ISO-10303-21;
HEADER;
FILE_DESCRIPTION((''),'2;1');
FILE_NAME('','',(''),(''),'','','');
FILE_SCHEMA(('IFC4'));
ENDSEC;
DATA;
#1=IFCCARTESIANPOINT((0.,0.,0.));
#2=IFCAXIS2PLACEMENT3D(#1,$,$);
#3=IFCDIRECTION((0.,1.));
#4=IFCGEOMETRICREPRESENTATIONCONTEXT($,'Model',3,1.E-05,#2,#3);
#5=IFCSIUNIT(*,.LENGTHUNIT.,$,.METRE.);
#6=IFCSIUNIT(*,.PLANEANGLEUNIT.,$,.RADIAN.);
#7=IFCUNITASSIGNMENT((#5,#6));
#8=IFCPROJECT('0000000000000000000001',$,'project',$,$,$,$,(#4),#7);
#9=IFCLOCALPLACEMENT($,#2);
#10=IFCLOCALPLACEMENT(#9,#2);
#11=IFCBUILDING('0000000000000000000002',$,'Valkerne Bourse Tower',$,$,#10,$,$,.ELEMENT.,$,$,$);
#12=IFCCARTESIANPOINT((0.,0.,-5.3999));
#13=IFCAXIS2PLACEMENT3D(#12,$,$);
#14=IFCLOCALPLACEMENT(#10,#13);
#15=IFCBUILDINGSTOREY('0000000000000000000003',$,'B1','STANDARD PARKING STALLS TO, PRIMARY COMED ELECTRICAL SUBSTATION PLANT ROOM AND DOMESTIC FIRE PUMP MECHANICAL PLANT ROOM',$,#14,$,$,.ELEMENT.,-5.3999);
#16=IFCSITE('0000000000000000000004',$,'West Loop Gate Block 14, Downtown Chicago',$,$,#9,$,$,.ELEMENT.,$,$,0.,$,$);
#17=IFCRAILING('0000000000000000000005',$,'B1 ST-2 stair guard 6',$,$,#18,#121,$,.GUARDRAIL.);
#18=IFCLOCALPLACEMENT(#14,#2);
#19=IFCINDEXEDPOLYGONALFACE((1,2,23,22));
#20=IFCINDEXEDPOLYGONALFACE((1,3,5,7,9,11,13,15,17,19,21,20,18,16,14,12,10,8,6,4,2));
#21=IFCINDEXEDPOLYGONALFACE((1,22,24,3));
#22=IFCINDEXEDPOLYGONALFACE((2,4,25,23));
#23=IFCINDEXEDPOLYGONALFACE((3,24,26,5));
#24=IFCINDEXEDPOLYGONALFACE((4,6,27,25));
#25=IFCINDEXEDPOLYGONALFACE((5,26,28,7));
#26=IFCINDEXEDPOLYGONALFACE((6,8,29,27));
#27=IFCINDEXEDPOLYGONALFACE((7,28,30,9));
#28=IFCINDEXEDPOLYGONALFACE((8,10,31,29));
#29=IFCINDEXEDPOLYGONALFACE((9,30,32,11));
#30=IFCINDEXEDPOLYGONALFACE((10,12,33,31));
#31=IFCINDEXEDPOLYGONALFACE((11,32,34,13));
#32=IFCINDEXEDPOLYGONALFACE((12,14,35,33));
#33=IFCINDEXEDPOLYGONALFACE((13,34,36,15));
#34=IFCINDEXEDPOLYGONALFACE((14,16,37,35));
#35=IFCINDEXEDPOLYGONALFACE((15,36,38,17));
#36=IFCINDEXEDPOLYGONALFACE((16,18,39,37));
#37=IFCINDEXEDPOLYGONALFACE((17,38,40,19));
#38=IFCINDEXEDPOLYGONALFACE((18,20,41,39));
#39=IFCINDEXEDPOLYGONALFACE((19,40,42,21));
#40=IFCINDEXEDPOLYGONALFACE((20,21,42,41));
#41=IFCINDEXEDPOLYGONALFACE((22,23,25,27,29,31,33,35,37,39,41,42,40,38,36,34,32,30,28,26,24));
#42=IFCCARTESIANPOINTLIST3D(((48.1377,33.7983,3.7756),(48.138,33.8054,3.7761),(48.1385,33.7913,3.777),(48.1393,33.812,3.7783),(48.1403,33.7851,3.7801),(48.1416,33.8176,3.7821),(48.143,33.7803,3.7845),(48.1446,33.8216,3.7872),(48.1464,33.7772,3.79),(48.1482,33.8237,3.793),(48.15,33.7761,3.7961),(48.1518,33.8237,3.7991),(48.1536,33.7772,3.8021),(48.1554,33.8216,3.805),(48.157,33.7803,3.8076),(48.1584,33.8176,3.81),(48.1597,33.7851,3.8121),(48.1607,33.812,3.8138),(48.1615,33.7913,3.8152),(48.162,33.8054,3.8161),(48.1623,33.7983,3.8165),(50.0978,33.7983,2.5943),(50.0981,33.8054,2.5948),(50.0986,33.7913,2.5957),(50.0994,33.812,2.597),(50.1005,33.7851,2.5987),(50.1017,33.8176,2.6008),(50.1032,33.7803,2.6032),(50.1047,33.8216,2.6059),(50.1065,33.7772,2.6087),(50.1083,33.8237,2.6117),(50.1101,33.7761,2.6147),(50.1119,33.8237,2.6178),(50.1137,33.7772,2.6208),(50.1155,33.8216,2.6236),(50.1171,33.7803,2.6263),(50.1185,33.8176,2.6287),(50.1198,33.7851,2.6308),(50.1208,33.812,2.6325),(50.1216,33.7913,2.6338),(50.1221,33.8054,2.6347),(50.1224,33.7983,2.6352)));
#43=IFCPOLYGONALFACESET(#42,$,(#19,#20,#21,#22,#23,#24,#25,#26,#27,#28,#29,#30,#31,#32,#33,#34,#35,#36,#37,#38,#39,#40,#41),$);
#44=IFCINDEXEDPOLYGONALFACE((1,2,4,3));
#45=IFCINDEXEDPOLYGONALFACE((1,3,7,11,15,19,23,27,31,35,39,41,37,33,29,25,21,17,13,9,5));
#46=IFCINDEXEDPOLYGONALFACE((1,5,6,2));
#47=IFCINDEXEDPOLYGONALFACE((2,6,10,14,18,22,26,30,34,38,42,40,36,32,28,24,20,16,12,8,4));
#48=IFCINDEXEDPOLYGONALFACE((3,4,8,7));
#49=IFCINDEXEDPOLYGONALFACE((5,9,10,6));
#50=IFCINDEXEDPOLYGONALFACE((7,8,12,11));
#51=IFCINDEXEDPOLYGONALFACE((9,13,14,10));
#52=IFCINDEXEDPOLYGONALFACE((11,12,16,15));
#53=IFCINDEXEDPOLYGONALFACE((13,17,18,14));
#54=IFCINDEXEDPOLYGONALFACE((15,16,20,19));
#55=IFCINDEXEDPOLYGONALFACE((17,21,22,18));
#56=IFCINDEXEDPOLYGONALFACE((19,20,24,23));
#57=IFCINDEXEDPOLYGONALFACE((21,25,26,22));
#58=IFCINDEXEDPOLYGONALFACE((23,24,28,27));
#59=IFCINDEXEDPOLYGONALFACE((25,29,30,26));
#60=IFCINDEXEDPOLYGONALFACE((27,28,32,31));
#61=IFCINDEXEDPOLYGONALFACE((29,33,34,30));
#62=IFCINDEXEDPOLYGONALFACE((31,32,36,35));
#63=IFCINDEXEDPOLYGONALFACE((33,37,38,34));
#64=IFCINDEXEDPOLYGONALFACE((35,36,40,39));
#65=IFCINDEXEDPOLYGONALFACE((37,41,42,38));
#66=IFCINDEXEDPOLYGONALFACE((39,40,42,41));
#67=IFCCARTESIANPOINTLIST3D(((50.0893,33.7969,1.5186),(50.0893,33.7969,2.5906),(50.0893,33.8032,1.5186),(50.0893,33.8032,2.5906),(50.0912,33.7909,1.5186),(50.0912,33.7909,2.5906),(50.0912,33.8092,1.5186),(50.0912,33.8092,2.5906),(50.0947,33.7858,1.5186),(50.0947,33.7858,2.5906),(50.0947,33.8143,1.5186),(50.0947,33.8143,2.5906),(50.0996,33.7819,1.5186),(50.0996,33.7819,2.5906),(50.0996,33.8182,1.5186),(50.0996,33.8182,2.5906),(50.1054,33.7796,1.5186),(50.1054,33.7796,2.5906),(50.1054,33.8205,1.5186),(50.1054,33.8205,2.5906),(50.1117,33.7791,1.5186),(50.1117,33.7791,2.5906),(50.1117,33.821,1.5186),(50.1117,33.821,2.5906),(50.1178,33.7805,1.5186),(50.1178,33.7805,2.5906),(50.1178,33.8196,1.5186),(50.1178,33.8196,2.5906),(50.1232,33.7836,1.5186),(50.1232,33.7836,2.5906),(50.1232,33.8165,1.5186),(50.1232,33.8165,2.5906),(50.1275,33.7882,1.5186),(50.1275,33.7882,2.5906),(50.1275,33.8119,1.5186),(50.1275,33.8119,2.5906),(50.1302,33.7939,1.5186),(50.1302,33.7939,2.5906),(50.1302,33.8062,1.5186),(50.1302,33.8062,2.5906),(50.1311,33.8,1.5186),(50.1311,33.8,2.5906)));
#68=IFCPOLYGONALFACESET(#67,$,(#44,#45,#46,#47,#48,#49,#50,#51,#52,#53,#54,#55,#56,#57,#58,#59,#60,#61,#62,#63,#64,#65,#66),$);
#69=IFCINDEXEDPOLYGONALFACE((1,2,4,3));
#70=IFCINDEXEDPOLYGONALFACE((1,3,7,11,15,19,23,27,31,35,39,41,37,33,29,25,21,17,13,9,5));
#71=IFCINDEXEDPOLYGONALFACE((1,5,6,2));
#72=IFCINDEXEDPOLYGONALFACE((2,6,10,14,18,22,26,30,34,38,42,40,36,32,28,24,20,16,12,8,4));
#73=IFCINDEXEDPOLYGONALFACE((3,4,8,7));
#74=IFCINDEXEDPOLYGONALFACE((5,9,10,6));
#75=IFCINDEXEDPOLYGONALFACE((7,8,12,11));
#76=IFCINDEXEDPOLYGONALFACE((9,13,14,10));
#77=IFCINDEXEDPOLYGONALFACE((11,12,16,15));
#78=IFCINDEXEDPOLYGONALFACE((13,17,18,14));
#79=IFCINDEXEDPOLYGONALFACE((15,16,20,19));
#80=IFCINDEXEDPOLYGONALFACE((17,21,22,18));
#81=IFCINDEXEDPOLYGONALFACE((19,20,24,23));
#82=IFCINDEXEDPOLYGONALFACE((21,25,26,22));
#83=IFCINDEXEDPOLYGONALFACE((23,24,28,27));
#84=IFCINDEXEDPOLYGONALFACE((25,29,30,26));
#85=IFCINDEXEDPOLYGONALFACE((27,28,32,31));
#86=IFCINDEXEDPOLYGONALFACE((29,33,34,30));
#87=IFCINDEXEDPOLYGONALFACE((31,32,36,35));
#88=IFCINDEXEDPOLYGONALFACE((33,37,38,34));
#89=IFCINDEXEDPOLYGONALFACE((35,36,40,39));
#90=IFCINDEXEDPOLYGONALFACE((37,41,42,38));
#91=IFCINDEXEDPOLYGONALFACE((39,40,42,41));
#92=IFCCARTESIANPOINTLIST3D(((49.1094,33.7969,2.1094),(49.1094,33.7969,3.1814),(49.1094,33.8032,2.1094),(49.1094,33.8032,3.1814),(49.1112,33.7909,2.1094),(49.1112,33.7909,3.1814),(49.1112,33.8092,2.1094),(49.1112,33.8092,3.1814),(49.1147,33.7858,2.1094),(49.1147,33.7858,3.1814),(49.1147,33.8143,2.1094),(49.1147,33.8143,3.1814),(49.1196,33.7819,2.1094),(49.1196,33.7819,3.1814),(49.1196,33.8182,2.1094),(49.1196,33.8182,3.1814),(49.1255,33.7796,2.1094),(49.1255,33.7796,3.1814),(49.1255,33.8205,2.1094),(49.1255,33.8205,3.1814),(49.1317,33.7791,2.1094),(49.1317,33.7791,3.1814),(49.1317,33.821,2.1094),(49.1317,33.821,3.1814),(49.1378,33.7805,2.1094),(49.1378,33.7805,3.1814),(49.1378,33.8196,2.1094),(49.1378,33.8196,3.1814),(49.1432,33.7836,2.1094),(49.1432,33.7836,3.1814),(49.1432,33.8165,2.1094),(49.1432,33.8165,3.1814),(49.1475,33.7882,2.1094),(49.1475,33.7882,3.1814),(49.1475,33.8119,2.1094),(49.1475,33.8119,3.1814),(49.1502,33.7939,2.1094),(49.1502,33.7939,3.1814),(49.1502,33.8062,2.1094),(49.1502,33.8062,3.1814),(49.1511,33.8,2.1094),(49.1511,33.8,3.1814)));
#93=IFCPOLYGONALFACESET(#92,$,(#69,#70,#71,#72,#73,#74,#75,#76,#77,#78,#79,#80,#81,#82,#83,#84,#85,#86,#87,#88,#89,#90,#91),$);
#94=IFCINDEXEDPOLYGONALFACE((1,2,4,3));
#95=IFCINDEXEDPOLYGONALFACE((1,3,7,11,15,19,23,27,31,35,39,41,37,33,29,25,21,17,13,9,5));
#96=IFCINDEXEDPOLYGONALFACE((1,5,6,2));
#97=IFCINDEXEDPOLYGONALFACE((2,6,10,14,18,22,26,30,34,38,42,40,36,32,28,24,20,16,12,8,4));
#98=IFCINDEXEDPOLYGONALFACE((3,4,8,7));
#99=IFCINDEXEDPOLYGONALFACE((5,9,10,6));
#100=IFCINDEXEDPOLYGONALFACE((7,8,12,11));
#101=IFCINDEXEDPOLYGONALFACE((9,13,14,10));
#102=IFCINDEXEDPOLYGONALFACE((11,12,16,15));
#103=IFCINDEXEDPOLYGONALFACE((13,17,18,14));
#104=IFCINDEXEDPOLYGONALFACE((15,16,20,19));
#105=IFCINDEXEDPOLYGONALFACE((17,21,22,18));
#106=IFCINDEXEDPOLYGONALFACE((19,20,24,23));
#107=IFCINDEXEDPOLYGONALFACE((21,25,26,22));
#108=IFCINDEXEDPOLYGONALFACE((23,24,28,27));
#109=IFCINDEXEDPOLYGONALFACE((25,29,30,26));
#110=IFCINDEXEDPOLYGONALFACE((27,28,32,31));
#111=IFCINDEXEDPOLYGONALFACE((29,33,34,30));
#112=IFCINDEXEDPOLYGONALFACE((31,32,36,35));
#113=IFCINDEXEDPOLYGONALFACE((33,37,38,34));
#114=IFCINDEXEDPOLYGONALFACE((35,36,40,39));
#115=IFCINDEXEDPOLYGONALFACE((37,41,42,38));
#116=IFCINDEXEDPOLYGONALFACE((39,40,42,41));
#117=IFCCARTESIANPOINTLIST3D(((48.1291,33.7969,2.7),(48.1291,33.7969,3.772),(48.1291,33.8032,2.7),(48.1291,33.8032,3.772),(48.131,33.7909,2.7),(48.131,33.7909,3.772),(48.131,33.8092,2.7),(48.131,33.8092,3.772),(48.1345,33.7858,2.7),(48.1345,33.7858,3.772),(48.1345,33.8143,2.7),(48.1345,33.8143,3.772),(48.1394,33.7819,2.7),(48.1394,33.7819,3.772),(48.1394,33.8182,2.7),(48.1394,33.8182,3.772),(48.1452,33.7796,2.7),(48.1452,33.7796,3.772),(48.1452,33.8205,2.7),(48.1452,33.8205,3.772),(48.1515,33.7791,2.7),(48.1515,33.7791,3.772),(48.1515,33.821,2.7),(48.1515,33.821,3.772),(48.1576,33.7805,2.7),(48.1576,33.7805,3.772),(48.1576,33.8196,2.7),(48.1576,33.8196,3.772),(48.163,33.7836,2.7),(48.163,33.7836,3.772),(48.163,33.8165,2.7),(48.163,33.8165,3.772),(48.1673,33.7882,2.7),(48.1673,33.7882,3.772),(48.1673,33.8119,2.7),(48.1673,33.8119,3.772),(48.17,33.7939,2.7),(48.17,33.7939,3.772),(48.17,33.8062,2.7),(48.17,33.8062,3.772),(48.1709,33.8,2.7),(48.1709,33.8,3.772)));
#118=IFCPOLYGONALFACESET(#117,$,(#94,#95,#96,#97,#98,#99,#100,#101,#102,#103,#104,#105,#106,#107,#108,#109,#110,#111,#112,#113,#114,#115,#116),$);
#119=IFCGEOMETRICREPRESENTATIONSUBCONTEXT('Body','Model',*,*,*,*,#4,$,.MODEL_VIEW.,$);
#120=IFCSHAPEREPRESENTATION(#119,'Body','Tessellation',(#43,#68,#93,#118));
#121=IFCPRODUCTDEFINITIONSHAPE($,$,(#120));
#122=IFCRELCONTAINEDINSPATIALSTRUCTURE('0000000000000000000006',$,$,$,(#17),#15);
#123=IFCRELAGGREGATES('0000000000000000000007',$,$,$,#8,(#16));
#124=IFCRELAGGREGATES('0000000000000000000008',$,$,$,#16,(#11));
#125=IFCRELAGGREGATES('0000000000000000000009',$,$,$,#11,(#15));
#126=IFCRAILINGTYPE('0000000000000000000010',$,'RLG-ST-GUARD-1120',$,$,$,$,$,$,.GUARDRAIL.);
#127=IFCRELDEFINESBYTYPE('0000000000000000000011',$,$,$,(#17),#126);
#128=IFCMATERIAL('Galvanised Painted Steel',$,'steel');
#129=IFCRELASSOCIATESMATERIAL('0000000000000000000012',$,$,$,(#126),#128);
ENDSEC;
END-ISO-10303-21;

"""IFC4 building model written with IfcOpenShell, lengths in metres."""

from ifc_helpers import new_model, si_unit, direction, frame, origin, origin_2d, place, context, subcontext, project, spatial, circle, extrude, material, type_object, element, save


model = new_model("IFC4")

# Units and contexts
model_context = context("Model", 3, precision=1e-05, world=origin(), true_north=direction((0.0, 1.0)))
body_context = subcontext(model_context, "Body", "Model", "MODEL_VIEW")
ifc_project = project(units=[si_unit("LENGTHUNIT", "METRE"), si_unit("PLANEANGLEUNIT", "RADIAN")], contexts=[model_context])

# Site, building, storey
site_placement = place(None, origin())
site = spatial("IfcSite", under=ifc_project, at=site_placement, Name="West Loop Gate Block 14, Downtown Chicago", CompositionType="ELEMENT", RefElevation=0.0)
building_placement = place(site_placement, origin())
building = spatial("IfcBuilding", under=site, at=building_placement, Name="Valkerne Bourse Tower", CompositionType="ELEMENT")
storey_placement = place(building_placement, frame((0.0, 0.0, -5.3999)))
storey = spatial("IfcBuildingStorey", under=building, at=storey_placement, Name="B1", Description="STANDARD PARKING STALLS TO, PRIMARY COMED ELECTRICAL SUBSTATION PLANT ROOM AND DOMESTIC FIRE PUMP MECHANICAL PLANT ROOM", CompositionType="ELEMENT", Elevation=-5.3999)

# Railing
ifc_material_1 = material(Name="Galvanised Painted Steel", Category="steel")
railing_type_1 = type_object("IfcRailingType", Name="RLG-ST-GUARD-1120", PredefinedType="GUARDRAIL", material=ifc_material_1)
railing_1_placement = place(storey_placement, frame((50.1101, 33.8, 1.5186)))
element("IfcRailing", 1, at=railing_1_placement, inside=storey, type_object=railing_type_1, Name="B1 ST-2 stair guard 6", PredefinedType="GUARDRAIL", context=body_context, shape_type="SweptSolid", body=[
    extrude(circle(Radius=0.0239, at=origin_2d()), frame((0.0, 0.0, 1.0962), z_axis=(-0.856475, 0.0, 0.516189), x_axis=(0.0, -1.0, 0.0)), (0.0, 0.0, 1.0), 2.2886),
    extrude(circle(Radius=0.021, at=origin_2d()), origin(), (0.0, 0.0, 1.0), 1.072),
    extrude(circle(Radius=0.021, at=origin_2d()), frame((-0.98, 0.0, 0.5908)), (0.0, 0.0, 1.0), 1.072),
    extrude(circle(Radius=0.021, at=origin_2d()), frame((-1.9602, 0.0, 1.1814)), (0.0, 0.0, 1.0), 1.072),
])

save(model, "model.ifc")
